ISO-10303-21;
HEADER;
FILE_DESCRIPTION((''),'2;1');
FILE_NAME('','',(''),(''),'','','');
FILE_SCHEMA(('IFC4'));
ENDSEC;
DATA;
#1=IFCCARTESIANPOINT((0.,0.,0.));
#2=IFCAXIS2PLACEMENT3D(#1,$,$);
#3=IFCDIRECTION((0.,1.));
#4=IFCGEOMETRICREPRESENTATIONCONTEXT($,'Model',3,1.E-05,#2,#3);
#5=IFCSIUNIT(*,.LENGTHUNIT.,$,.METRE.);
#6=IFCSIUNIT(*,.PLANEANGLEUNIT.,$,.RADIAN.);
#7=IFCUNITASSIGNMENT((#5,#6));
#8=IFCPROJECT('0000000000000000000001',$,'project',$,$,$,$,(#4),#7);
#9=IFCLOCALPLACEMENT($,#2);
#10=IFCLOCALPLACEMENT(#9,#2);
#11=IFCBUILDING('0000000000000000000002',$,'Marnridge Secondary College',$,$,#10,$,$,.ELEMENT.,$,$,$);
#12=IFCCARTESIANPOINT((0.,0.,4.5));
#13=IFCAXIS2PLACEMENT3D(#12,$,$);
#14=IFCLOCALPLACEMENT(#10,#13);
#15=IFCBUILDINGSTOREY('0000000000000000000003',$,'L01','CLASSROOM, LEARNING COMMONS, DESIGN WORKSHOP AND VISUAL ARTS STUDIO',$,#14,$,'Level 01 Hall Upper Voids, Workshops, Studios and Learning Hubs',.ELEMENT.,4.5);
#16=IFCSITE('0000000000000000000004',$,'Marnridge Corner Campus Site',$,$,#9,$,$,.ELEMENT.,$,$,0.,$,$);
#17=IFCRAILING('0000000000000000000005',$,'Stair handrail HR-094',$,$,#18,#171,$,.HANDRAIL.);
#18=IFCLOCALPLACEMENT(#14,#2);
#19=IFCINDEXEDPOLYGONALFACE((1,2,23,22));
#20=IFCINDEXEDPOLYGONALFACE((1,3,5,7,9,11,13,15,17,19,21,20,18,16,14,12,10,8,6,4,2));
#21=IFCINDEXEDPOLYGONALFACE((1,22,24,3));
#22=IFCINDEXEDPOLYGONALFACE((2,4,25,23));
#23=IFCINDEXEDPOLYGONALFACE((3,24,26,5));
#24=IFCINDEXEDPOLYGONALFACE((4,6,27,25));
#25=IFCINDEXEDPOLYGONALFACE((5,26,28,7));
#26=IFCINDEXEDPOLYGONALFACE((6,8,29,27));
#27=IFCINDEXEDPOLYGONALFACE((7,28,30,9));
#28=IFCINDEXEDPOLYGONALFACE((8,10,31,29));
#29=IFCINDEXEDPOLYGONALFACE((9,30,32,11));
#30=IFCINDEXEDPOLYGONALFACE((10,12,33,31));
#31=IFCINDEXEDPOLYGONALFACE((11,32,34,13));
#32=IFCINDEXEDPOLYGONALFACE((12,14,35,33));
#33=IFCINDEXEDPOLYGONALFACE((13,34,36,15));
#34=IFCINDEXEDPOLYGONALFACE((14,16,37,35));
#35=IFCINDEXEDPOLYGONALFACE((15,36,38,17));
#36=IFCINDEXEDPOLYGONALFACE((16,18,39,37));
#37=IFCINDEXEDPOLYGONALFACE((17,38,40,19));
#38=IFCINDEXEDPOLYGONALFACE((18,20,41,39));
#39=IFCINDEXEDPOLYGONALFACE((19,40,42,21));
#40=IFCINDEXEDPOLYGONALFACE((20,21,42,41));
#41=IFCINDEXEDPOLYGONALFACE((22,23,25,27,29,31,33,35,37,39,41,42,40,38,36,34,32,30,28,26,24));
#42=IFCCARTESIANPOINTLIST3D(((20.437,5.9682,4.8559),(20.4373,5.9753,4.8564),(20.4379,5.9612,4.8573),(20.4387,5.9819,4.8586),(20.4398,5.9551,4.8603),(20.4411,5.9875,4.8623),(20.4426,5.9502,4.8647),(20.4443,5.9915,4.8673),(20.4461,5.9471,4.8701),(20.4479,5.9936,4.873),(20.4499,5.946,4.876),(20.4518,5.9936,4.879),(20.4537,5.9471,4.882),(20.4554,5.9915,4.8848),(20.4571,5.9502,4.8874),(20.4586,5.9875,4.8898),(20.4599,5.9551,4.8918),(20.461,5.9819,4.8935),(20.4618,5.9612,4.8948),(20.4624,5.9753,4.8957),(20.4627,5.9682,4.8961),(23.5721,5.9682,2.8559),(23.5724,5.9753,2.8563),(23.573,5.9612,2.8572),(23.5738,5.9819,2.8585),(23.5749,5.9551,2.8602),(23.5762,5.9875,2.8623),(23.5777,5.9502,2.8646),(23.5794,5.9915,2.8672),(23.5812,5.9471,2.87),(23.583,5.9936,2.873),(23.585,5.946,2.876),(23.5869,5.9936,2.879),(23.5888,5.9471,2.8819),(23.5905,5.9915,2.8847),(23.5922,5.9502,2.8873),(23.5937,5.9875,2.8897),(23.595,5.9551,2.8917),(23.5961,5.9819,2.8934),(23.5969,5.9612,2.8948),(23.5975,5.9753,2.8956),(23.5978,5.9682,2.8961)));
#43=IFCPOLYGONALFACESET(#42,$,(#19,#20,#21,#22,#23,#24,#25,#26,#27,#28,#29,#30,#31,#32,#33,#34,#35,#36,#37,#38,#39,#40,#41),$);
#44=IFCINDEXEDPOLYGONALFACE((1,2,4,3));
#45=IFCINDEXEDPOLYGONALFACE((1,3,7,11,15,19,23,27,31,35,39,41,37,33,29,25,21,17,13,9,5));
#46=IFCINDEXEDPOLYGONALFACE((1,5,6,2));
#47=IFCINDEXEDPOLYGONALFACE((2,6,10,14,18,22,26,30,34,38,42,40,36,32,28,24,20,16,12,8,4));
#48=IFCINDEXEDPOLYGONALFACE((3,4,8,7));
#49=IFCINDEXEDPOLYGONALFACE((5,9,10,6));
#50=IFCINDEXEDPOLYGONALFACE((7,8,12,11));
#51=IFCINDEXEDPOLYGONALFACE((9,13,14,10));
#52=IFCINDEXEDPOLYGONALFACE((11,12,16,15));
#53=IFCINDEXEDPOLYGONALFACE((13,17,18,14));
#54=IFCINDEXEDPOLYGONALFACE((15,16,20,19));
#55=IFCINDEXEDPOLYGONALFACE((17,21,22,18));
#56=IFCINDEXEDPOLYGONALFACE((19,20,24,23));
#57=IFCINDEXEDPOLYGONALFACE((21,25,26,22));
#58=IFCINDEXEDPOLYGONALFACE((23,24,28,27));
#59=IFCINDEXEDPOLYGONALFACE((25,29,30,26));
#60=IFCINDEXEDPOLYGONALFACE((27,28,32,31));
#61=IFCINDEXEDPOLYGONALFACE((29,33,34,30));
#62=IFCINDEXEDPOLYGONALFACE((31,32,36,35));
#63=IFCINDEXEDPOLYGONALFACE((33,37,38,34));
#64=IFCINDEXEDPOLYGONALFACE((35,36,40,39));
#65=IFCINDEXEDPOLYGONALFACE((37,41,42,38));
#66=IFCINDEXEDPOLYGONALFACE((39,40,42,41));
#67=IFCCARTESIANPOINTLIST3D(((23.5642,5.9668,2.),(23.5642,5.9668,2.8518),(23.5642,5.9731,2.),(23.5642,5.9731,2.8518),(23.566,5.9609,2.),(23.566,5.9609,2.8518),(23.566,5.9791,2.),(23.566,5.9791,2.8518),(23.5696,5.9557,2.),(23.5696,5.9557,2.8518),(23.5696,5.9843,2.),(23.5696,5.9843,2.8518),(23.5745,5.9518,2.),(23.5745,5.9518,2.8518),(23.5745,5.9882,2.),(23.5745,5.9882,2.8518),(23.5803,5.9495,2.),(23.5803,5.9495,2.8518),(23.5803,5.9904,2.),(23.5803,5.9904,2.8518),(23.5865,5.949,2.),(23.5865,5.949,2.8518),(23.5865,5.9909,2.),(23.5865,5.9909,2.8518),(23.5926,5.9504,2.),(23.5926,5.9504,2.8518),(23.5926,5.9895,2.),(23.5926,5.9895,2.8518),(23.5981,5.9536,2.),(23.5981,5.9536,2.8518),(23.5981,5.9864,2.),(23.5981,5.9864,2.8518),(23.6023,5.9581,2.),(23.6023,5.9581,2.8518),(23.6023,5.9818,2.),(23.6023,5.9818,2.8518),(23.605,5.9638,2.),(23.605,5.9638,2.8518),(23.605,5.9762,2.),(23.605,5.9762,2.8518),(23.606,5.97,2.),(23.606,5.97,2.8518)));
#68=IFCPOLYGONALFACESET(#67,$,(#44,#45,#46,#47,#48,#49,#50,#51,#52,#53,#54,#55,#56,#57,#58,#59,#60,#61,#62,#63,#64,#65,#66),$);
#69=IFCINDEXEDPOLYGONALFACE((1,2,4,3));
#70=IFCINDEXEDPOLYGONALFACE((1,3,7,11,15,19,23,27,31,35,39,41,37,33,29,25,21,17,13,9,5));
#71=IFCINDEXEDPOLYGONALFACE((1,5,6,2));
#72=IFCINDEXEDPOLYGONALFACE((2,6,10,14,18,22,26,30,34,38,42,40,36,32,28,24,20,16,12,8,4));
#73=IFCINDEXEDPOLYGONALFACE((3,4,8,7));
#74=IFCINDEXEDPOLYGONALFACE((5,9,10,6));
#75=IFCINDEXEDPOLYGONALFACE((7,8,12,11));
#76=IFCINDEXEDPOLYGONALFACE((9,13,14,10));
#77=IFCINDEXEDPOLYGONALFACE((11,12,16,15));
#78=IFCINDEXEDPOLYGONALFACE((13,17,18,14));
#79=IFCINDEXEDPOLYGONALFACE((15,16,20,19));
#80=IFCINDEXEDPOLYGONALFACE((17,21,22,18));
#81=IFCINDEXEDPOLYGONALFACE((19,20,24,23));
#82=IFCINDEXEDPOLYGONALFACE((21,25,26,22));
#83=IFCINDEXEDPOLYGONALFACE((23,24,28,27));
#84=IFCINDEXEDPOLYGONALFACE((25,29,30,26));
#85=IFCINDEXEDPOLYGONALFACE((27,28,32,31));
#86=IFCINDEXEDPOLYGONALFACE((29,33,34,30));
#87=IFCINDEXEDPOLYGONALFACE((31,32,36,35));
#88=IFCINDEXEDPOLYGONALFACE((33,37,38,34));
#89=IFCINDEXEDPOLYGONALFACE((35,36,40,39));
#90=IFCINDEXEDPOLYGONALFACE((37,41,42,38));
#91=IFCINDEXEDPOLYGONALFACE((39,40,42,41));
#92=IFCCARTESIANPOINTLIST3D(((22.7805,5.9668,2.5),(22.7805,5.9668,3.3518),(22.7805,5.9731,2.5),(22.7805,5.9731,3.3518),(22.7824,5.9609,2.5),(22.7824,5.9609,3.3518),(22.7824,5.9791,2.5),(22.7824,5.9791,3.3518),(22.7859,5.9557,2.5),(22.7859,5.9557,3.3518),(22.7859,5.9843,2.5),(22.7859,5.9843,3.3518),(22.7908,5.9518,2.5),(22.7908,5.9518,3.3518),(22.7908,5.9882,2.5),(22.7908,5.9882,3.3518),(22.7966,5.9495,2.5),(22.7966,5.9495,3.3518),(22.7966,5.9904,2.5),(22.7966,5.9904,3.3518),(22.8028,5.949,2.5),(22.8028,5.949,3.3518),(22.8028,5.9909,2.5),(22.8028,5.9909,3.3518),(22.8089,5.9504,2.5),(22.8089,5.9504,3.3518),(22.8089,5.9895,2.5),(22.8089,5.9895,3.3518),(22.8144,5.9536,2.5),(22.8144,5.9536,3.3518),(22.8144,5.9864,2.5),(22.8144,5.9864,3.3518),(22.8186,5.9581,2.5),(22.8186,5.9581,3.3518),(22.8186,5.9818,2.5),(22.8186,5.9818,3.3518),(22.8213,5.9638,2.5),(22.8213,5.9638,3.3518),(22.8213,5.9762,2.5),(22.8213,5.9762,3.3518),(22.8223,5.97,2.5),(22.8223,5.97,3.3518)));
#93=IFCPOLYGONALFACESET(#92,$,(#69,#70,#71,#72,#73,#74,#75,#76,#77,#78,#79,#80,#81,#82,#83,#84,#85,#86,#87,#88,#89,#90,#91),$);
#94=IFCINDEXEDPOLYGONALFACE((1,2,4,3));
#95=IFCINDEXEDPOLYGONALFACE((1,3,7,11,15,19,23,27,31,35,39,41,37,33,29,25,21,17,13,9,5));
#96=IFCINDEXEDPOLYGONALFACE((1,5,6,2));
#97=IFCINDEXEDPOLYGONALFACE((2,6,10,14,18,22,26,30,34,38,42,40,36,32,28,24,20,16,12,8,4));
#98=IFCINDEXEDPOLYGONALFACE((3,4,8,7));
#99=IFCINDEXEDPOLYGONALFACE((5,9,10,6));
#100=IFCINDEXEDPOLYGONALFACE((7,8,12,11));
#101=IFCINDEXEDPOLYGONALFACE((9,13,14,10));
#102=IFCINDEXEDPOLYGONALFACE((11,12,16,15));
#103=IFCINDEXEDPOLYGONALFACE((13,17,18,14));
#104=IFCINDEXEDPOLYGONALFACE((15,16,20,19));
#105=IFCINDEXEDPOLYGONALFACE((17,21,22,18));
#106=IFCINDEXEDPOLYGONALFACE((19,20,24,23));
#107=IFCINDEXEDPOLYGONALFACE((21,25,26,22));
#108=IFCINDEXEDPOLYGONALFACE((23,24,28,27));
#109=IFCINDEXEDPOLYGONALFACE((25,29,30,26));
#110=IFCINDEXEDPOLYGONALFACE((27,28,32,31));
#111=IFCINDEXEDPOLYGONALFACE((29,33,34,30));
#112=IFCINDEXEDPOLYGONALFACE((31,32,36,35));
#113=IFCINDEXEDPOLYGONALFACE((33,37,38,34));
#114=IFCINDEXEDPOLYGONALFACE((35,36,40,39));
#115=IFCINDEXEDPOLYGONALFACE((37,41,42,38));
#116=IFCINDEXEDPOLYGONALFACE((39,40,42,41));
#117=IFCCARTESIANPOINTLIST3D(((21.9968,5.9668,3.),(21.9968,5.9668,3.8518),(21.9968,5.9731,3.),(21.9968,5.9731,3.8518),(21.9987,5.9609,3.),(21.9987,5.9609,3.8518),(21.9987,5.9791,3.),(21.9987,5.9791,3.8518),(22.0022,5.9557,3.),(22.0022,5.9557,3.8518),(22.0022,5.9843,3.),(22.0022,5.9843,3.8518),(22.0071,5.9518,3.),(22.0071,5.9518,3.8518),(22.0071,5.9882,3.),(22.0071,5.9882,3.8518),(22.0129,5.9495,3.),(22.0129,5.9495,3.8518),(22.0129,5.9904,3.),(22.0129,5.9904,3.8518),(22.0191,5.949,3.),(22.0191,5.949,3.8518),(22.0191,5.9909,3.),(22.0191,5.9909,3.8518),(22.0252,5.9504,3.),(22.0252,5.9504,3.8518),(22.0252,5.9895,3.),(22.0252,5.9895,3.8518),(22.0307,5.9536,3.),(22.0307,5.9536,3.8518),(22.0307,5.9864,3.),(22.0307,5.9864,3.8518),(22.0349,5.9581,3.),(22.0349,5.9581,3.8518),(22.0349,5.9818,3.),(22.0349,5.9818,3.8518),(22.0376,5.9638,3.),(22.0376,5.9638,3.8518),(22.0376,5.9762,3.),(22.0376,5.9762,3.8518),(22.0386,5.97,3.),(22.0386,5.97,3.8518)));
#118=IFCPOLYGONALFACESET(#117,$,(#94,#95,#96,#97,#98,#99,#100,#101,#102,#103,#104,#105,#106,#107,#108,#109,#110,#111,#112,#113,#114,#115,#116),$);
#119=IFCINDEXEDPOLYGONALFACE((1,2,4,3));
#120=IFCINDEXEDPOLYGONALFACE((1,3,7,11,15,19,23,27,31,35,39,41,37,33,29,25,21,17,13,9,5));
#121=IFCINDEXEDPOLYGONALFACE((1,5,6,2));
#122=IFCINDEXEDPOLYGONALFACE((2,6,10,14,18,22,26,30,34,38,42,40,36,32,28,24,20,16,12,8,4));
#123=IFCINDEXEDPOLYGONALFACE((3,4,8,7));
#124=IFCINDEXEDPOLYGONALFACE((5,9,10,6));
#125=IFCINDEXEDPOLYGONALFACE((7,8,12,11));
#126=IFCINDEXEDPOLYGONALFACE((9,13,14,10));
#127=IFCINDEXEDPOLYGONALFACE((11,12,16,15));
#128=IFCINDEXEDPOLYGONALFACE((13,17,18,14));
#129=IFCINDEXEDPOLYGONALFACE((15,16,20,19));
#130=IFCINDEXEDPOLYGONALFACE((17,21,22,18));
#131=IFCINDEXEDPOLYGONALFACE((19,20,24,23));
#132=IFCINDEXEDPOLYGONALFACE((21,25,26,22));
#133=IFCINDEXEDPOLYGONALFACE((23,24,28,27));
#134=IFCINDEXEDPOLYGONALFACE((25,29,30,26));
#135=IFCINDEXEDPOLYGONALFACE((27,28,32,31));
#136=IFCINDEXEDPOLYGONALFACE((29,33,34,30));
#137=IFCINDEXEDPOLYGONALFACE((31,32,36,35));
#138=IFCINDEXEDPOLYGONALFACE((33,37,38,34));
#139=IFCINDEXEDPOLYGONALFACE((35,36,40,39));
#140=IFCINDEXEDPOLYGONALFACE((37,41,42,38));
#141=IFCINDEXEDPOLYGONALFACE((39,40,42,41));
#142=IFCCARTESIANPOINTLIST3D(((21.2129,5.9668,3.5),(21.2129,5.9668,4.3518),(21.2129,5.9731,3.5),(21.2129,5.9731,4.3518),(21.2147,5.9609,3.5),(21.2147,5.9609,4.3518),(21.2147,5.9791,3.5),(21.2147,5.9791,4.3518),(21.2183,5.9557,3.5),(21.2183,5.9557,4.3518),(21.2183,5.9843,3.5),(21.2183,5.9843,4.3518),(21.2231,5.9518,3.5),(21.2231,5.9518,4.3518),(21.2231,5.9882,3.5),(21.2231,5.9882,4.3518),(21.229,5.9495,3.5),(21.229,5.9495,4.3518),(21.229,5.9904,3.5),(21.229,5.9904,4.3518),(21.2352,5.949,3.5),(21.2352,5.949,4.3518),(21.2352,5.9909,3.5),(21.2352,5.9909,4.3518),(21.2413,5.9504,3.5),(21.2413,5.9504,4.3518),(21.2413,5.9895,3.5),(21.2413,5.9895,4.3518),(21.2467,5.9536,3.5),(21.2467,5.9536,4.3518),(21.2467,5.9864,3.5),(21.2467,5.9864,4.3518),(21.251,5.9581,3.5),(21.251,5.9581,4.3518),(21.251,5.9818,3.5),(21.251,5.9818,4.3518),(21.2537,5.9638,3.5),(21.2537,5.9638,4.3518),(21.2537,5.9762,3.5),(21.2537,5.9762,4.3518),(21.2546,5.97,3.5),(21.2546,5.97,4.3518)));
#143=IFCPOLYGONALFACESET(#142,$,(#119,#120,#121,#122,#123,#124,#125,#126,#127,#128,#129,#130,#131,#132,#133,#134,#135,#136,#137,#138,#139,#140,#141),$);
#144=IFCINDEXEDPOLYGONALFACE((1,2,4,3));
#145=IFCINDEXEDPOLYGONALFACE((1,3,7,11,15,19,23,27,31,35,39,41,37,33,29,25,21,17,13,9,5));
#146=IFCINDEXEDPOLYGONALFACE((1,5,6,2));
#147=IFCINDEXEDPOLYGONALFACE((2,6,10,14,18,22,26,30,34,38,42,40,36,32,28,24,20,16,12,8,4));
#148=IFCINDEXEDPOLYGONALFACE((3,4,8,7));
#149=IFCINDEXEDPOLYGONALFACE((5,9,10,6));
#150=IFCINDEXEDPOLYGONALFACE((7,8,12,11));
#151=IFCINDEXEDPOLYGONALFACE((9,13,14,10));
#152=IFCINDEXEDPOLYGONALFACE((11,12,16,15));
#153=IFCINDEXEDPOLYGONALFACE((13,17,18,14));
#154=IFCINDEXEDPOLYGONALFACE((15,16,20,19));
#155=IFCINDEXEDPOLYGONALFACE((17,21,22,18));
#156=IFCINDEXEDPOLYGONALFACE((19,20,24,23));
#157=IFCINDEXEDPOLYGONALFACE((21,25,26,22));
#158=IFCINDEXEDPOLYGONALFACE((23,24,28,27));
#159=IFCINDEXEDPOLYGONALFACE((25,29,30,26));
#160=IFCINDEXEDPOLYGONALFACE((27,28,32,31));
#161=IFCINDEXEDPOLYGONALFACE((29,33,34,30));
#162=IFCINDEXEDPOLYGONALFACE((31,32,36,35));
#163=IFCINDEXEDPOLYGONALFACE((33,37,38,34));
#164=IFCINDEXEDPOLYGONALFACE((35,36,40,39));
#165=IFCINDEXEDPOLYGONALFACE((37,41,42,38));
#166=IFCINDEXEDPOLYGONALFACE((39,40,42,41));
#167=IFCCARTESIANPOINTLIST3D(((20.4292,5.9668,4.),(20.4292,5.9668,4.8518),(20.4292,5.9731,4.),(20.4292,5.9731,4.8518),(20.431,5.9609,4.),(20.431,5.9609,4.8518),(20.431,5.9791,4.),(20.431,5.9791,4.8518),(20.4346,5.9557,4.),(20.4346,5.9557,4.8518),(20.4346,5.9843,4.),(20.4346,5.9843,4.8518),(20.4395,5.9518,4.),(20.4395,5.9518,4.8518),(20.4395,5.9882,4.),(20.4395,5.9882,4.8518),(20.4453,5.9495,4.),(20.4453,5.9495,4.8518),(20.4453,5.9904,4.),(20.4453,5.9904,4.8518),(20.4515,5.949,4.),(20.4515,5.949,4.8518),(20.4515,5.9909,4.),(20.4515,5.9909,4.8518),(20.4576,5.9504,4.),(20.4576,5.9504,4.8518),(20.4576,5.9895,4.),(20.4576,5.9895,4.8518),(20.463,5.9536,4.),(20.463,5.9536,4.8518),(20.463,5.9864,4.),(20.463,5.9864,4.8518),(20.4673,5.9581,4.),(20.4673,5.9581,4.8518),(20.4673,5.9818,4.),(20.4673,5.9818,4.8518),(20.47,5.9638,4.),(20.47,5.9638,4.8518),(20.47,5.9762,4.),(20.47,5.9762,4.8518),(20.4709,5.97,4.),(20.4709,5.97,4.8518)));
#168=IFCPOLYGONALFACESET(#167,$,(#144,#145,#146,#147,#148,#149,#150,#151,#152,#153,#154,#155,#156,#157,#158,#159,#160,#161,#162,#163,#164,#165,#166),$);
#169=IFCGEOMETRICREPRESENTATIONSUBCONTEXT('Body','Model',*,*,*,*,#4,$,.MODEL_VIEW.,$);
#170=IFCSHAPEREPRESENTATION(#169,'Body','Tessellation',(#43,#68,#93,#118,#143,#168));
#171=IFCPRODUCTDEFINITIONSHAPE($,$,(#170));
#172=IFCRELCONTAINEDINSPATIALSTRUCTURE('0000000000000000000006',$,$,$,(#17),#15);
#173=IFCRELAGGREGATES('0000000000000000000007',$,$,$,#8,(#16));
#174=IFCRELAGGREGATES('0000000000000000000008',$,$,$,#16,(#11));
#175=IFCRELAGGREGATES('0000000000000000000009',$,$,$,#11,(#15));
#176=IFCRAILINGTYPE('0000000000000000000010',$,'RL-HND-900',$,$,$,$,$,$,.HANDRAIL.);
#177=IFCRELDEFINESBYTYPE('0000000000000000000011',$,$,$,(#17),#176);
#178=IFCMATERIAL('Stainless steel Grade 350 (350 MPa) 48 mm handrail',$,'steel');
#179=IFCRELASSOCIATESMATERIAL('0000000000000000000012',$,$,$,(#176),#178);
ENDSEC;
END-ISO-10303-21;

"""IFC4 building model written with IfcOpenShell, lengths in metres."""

from ifc_helpers import new_model, si_unit, direction, frame, origin, origin_2d, place, context, subcontext, project, spatial, circle, extrude, material, type_object, element, save


model = new_model("IFC4")

# Units and contexts
model_context = context("Model", 3, precision=1e-05, world=origin(), true_north=direction((0.0, 1.0)))
body_context = subcontext(model_context, "Body", "Model", "MODEL_VIEW")
ifc_project = project(units=[si_unit("LENGTHUNIT", "METRE"), si_unit("PLANEANGLEUNIT", "RADIAN")], contexts=[model_context])

# Site, building, storey
site_placement = place(None, origin())
site = spatial("IfcSite", under=ifc_project, at=site_placement, Name="Marnridge Corner Campus Site", CompositionType="ELEMENT", RefElevation=0.0)
building_placement = place(site_placement, origin())
building = spatial("IfcBuilding", under=site, at=building_placement, Name="Marnridge Secondary College", CompositionType="ELEMENT")
storey_placement = place(building_placement, frame((0.0, 0.0, 4.5)))
storey = spatial("IfcBuildingStorey", under=building, at=storey_placement, Name="L01", Description="CLASSROOM, LEARNING COMMONS, DESIGN WORKSHOP AND VISUAL ARTS STUDIO", LongName="Level 01 Hall Upper Voids, Workshops, Studios and Learning Hubs", CompositionType="ELEMENT", Elevation=4.5)

# Railing
ifc_material_1 = material(Name="Stainless steel Grade 350 (350 MPa) 48 mm handrail", Category="steel")
railing_type = type_object("IfcRailingType", Name="RL-HND-900", PredefinedType="HANDRAIL", material=ifc_material_1)
for number, where, name in (
    (1, (23.585, 5.97, 2.0), "Stair handrail HR-094"),
):
    element("IfcRailing", number, at=place(storey_placement, frame(where)), inside=storey, type_object=railing_type, Name=name, PredefinedType="HANDRAIL", context=body_context, shape_type="SweptSolid", body=[
        extrude(circle(Radius=0.0239, at=origin_2d()), frame((0.0, 0.0, 0.876), z_axis=(-0.843053, 0.0, 0.537831), x_axis=(0.0, -1.0, 0.0)), (0.0, 0.0, 1.0), 3.7188),
        extrude(circle(Radius=0.021, at=origin_2d()), origin(), (0.0, 0.0, 1.0), 0.8518),
        extrude(circle(Radius=0.021, at=origin_2d()), frame((-0.7837, 0.0, 0.5)), (0.0, 0.0, 1.0), 0.8518),
        extrude(circle(Radius=0.021, at=origin_2d()), frame((-1.5674, 0.0, 1.0)), (0.0, 0.0, 1.0), 0.8518),
        extrude(circle(Radius=0.021, at=origin_2d()), frame((-2.3513, 0.0, 1.5)), (0.0, 0.0, 1.0), 0.8518),
        extrude(circle(Radius=0.021, at=origin_2d()), frame((-3.135, 0.0, 2.0)), (0.0, 0.0, 1.0), 0.8518),
    ])

save(model, "model.ifc")
